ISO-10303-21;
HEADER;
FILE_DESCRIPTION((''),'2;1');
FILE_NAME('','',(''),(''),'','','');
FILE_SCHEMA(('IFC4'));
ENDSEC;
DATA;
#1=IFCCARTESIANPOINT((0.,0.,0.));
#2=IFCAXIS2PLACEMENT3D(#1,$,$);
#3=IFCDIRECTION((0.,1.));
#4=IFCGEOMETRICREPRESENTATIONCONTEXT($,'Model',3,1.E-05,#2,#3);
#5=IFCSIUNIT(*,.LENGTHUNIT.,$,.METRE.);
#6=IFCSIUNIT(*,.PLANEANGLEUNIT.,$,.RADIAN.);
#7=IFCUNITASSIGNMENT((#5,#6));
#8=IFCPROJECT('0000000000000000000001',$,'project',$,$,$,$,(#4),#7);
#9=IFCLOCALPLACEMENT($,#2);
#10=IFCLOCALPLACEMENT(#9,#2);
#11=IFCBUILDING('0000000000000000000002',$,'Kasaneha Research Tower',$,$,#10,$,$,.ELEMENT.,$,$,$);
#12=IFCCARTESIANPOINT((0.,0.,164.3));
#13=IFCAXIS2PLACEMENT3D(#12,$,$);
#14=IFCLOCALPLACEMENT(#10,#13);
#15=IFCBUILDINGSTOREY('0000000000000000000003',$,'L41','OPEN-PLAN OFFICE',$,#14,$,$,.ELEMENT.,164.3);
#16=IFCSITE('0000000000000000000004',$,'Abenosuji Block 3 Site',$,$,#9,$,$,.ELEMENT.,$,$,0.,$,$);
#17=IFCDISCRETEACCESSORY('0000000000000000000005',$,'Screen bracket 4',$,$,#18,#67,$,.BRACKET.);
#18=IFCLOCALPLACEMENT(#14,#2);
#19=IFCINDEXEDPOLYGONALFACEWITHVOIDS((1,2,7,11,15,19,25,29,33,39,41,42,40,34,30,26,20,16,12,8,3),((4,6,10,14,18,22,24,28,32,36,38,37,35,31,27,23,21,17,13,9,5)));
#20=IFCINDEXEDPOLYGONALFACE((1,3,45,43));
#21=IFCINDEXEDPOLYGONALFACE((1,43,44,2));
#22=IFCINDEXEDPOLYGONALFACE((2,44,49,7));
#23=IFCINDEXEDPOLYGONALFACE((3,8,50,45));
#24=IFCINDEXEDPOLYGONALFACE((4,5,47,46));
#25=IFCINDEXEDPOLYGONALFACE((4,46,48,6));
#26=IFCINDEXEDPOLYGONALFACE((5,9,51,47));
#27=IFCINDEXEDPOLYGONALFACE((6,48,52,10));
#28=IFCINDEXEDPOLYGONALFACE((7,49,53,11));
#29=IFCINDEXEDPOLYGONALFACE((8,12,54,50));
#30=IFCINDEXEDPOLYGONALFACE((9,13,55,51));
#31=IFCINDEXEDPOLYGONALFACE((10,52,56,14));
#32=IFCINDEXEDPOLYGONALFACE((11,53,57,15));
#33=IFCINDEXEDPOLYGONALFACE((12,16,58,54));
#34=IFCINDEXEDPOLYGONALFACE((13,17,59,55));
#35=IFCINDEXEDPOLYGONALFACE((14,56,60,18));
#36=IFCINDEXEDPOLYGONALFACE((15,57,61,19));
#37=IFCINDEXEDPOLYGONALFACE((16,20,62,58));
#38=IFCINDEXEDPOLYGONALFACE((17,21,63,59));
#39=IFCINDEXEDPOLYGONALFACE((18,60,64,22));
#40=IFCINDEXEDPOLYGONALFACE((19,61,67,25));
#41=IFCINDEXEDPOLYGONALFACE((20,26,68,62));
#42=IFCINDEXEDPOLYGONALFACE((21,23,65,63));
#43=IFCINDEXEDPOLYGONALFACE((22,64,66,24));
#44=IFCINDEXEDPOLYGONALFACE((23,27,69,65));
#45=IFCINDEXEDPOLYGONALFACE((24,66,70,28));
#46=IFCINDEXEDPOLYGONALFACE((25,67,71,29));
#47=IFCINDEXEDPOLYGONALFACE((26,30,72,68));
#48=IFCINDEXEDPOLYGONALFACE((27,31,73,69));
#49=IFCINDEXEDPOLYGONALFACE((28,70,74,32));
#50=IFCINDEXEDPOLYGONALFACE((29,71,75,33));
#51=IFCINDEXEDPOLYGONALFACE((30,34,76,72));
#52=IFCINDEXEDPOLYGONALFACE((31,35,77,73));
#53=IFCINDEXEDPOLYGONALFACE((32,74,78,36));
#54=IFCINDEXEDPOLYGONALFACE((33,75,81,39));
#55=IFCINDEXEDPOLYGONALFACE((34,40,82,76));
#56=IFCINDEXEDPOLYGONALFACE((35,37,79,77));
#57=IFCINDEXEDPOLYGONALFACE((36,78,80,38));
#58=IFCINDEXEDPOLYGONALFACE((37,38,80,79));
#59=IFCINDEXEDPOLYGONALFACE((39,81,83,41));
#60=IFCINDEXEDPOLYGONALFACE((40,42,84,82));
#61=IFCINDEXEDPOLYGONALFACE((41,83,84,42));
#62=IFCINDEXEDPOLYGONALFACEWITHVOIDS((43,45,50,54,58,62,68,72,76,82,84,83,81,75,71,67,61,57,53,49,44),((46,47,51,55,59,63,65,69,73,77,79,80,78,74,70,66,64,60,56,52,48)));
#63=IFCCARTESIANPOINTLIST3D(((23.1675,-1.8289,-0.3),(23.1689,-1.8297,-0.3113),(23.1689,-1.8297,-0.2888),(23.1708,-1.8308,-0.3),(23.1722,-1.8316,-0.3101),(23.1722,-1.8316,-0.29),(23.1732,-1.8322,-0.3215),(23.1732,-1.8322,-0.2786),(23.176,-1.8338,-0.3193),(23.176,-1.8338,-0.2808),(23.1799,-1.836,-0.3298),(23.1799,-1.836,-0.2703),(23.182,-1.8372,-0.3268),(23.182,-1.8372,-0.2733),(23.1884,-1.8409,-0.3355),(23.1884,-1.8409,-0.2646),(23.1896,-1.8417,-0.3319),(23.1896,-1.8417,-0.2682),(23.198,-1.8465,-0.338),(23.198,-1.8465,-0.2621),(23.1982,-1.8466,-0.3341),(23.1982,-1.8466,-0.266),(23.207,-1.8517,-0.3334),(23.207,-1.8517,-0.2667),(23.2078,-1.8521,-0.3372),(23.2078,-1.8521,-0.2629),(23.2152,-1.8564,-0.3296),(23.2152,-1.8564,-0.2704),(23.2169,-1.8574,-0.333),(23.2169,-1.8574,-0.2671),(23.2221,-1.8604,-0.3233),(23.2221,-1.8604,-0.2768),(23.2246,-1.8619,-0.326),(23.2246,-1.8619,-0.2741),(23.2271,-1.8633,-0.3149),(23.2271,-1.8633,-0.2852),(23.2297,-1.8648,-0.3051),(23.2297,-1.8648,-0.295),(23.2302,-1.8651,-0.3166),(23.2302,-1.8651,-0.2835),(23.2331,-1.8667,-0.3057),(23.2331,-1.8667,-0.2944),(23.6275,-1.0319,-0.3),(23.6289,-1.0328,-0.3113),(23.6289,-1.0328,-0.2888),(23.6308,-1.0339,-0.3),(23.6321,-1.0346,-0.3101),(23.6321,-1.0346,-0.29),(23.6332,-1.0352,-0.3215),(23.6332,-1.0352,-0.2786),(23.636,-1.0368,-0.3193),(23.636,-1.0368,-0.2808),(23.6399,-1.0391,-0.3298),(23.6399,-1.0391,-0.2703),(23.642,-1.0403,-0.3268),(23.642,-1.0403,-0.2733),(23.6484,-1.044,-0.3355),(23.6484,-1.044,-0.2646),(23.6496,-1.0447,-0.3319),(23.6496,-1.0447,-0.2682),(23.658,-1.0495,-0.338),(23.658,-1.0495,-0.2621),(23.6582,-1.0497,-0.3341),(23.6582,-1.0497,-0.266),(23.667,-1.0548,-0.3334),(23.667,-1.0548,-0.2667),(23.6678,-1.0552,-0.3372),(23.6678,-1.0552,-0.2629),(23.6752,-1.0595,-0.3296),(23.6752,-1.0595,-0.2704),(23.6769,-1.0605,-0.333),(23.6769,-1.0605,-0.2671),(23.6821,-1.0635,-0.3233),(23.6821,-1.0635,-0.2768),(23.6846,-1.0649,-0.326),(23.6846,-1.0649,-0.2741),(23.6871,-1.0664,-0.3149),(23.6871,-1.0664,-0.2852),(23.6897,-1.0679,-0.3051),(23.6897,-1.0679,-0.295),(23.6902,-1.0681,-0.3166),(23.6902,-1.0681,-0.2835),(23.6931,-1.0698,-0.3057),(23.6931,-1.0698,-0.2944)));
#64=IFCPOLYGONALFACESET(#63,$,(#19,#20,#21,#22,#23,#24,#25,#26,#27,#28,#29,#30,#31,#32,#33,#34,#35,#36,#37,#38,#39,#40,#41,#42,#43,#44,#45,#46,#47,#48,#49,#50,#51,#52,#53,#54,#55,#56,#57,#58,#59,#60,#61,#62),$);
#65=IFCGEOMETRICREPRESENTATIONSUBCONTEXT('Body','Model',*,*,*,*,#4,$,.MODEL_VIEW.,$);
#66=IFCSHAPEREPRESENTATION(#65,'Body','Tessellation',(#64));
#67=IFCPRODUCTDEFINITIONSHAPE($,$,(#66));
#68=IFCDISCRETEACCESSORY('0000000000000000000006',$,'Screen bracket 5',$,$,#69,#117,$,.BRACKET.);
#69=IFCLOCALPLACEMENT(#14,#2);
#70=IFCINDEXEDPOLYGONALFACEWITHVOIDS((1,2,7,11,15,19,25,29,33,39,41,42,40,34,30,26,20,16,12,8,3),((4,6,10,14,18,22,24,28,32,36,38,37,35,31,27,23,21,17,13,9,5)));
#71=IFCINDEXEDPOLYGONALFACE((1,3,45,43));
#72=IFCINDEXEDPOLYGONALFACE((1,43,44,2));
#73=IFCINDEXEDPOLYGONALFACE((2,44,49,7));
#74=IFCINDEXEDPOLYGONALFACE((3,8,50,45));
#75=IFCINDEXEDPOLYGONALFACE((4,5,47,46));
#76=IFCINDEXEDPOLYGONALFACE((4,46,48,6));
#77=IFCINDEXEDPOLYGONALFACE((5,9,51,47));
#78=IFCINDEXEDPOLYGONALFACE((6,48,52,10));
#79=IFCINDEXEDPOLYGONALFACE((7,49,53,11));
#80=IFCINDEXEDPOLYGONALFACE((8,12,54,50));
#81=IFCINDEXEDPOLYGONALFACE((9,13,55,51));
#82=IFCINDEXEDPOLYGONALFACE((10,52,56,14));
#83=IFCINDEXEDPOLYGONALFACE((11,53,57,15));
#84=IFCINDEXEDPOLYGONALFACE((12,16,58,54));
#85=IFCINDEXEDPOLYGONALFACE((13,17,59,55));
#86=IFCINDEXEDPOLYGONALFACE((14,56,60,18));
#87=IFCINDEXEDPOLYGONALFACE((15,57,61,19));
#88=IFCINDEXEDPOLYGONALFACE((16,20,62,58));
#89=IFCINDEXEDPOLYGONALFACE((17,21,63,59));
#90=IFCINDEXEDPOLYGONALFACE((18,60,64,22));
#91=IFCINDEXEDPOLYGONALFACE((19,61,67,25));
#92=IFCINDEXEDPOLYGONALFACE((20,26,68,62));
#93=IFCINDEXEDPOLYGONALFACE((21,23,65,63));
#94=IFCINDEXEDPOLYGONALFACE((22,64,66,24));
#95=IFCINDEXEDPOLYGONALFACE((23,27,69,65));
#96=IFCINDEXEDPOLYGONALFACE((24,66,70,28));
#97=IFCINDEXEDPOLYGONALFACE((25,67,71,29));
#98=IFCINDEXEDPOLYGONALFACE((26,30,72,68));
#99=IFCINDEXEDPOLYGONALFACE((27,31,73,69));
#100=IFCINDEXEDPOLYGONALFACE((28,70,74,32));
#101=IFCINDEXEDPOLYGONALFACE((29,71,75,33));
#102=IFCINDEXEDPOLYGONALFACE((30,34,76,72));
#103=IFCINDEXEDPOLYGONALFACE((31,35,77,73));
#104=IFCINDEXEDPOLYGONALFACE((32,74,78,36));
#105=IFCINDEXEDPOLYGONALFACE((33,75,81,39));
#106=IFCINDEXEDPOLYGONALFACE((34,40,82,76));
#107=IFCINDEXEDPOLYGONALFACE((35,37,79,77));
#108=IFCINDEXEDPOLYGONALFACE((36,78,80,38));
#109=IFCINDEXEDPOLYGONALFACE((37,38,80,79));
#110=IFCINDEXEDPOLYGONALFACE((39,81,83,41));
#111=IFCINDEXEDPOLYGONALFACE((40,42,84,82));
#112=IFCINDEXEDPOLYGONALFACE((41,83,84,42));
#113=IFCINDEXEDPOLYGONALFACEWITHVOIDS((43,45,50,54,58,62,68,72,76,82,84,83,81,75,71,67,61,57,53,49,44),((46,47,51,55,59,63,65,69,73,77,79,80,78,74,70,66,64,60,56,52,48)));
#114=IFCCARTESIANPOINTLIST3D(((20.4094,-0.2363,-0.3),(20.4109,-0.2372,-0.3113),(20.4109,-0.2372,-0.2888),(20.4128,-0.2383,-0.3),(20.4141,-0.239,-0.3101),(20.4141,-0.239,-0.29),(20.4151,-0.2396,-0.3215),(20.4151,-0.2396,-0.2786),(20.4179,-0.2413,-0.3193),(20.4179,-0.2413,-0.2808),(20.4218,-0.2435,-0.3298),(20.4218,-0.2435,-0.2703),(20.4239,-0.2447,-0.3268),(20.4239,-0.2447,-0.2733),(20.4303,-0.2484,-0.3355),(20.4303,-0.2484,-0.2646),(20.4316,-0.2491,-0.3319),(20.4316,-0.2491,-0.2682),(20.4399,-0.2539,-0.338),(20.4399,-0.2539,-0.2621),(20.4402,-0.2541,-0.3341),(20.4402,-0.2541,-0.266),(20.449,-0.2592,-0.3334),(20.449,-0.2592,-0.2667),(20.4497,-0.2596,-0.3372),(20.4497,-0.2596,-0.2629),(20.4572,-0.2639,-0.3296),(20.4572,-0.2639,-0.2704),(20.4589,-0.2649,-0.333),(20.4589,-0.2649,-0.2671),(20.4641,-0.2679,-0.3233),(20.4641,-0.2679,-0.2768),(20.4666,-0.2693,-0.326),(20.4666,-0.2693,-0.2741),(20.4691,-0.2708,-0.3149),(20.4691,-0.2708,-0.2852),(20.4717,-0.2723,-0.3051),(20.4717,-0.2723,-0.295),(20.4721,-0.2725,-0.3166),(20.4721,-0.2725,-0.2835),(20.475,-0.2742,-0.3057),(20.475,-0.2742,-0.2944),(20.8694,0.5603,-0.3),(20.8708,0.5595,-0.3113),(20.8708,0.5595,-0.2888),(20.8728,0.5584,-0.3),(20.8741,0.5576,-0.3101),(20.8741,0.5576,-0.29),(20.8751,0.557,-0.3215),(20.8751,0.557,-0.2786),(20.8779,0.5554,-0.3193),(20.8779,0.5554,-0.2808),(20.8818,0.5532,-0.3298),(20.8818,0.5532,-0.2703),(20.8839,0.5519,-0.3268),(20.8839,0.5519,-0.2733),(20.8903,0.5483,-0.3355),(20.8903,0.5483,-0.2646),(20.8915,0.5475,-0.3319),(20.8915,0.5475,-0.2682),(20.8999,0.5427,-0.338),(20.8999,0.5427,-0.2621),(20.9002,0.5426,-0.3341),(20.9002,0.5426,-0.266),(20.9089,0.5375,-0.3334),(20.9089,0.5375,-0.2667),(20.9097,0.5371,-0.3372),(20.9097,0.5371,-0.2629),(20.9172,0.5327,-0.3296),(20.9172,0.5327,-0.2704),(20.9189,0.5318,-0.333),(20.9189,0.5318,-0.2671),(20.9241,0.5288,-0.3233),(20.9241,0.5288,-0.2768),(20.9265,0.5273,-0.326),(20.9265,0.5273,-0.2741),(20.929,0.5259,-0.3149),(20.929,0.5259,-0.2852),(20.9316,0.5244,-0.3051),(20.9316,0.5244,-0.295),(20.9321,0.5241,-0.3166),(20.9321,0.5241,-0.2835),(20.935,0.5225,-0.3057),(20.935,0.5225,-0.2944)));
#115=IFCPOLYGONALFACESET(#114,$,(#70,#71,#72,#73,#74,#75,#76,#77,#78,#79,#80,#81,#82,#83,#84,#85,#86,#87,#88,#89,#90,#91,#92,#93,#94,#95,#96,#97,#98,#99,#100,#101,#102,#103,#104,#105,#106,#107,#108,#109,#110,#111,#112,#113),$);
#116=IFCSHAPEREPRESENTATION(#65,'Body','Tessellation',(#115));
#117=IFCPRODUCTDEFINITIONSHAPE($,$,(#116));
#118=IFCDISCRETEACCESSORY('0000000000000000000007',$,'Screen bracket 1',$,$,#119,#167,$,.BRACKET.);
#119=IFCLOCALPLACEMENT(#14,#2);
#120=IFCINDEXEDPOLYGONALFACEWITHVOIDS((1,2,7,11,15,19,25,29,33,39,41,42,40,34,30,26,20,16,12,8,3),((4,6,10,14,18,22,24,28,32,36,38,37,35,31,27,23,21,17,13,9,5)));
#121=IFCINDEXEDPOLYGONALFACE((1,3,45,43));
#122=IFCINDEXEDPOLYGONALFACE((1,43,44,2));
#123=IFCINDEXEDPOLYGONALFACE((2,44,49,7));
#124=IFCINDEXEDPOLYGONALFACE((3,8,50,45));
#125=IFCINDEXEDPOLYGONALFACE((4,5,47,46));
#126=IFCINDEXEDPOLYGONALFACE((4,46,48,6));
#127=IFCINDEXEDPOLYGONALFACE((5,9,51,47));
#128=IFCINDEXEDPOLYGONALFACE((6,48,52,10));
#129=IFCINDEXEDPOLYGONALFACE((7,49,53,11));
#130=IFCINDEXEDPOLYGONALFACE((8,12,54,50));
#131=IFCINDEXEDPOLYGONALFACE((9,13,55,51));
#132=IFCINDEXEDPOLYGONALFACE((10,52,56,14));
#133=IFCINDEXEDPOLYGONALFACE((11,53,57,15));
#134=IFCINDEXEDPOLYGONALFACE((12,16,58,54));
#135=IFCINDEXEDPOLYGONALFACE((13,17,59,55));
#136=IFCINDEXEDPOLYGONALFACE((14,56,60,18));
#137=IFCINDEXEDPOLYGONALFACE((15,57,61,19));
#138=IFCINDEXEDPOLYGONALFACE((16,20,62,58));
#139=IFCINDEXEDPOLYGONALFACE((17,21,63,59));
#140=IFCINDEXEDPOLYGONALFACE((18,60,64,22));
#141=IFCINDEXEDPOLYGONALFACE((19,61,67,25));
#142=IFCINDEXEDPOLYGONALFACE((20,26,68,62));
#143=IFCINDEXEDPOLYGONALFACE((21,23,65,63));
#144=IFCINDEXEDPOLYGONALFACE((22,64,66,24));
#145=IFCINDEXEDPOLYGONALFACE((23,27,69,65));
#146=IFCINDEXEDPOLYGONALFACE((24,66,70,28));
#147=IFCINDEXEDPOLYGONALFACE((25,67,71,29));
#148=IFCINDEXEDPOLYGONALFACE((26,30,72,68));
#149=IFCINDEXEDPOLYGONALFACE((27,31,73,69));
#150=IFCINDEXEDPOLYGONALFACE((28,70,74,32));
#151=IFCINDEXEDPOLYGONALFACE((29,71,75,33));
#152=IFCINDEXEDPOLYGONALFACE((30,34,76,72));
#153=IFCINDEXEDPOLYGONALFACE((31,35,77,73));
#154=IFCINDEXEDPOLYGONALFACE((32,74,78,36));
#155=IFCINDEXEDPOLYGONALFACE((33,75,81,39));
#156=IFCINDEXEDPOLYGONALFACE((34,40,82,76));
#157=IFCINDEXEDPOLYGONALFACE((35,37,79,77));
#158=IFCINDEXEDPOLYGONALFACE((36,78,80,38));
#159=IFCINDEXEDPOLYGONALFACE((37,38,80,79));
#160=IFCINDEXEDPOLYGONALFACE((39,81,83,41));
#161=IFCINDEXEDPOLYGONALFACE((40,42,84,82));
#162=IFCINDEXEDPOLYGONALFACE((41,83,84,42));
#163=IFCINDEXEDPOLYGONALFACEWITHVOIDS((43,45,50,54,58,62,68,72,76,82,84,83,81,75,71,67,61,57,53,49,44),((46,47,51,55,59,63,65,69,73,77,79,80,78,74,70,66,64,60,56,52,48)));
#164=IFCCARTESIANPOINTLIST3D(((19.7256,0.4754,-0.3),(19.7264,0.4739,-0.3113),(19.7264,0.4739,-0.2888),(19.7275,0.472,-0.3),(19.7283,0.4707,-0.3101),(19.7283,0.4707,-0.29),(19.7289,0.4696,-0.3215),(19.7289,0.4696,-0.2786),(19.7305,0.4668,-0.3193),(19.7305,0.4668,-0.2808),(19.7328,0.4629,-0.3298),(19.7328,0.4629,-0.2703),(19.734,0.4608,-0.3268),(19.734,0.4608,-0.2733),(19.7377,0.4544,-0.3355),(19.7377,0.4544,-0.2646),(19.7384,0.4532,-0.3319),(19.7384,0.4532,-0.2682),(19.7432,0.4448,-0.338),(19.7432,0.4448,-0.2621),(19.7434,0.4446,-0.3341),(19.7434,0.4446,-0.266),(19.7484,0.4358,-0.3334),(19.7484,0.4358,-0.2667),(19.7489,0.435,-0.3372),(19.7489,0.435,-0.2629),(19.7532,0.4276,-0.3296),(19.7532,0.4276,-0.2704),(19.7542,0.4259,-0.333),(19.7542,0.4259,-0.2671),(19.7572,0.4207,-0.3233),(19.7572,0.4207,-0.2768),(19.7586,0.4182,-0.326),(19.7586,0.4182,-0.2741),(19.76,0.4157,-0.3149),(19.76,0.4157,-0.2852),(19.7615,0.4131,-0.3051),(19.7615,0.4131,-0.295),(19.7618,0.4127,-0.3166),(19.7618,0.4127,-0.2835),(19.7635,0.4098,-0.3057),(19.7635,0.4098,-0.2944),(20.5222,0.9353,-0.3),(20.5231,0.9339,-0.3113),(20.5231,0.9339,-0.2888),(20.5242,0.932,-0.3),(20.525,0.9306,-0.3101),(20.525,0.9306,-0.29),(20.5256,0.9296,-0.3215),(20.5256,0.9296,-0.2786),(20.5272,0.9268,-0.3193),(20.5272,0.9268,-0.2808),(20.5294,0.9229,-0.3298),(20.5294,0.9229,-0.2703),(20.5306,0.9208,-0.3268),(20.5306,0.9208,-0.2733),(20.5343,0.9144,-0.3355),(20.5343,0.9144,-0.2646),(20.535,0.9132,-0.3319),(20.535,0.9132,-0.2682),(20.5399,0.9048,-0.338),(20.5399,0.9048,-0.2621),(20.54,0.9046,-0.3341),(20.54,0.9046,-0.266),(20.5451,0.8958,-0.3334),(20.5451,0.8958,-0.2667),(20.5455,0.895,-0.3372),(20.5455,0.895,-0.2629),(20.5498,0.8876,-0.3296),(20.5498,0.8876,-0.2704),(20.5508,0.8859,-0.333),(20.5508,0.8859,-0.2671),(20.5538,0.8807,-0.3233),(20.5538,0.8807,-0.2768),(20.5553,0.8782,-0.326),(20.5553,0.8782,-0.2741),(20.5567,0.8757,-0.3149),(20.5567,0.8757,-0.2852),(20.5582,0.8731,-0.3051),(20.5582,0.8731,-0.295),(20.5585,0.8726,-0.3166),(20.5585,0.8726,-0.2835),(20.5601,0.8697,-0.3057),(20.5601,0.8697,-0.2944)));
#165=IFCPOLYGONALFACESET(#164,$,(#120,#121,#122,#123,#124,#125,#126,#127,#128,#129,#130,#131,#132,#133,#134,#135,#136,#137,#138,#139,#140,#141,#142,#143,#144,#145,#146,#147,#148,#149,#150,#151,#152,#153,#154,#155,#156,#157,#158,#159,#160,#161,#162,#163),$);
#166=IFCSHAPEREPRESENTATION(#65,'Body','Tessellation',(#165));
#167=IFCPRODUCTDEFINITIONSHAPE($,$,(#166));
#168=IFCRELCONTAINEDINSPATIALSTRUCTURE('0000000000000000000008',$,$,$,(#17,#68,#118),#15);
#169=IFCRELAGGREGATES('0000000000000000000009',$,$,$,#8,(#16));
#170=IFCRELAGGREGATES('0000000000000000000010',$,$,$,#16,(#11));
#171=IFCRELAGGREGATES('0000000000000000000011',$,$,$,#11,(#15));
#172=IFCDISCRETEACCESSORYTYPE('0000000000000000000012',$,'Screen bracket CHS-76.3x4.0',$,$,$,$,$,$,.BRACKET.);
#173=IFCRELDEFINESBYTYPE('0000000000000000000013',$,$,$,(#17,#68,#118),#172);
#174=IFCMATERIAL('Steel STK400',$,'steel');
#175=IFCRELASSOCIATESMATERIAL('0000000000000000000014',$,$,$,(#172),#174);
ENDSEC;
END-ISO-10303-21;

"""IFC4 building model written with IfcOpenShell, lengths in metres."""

from ifc_helpers import new_model, si_unit, direction, frame, origin, origin_2d, place, context, subcontext, project, spatial, hollow_circle, extrude, material, material_profile, profile_set, type_object, element, save


model = new_model("IFC4")

# Units and contexts
model_context = context("Model", 3, precision=1e-05, world=origin(), true_north=direction((0.0, 1.0)))
body_context = subcontext(model_context, "Body", "Model", "MODEL_VIEW")
ifc_project = project(units=[si_unit("LENGTHUNIT", "METRE"), si_unit("PLANEANGLEUNIT", "RADIAN")], contexts=[model_context])

# Site, building, storey
site_placement = place(None, origin())
site = spatial("IfcSite", under=ifc_project, at=site_placement, Name="Abenosuji Block 3 Site", CompositionType="ELEMENT", RefElevation=0.0)
building_placement = place(site_placement, origin())
building = spatial("IfcBuilding", under=site, at=building_placement, Name="Kasaneha Research Tower", CompositionType="ELEMENT")
storey_placement = place(building_placement, frame((0.0, 0.0, 164.3)))
storey = spatial("IfcBuildingStorey", under=building, at=storey_placement, Name="L41", Description="OPEN-PLAN OFFICE", CompositionType="ELEMENT", Elevation=164.3)

# Discrete accessories
ifc_material_1 = material(Name="Steel STK400", Category="steel")
ifc_material_profile_1 = material_profile(ifc_material_1, hollow_circle(Radius=0.0381, WallThickness=0.0039, at=origin_2d()), Name="CHS-76.3x4.0")
ifc_profile_set_1 = profile_set([ifc_material_profile_1], Name="Steel STK400")
discrete_accessory_type = type_object("IfcDiscreteAccessoryType", Name="Screen bracket CHS-76.3x4.0", PredefinedType="BRACKET", material=ifc_profile_set_1)
discrete_accessory_placement = place(storey_placement, frame((23.2004, -1.8479, -0.3), z_axis=(0.499906, 0.86608, 0.0), x_axis=(-0.86608, 0.499906, 0.0)))
element("IfcDiscreteAccessory", 1, at=discrete_accessory_placement, inside=storey, type_object=discrete_accessory_type, Name="Screen bracket 4", PredefinedType="BRACKET", context=body_context, shape_type="SweptSolid", body=[
    extrude(hollow_circle(Radius=0.0381, WallThickness=0.0039, at=origin_2d()), origin(), (0.0, 0.0, 1.0), 0.9202),
])
for number, where, z_axis, x_axis, name in (
    (2, (20.4424, -0.2554, -0.3), (0.500021, 0.866013, 0.0), (-0.866013, 0.500021, 0.0), "Screen bracket 5"),
    (3, (19.7446, 0.4424, -0.3), (0.866013, 0.500021, 0.0), (-0.500021, 0.866013, 0.0), "Screen bracket 1"),
):
    element("IfcDiscreteAccessory", number, at=place(storey_placement, frame(where, z_axis=z_axis, x_axis=x_axis)), inside=storey, type_object=discrete_accessory_type, Name=name, PredefinedType="BRACKET", context=body_context, shape_type="SweptSolid", body=[
        extrude(hollow_circle(Radius=0.0381, WallThickness=0.0039, at=origin_2d()), origin(), (0.0, 0.0, 1.0), 0.9199),
    ])

save(model, "model.ifc")
